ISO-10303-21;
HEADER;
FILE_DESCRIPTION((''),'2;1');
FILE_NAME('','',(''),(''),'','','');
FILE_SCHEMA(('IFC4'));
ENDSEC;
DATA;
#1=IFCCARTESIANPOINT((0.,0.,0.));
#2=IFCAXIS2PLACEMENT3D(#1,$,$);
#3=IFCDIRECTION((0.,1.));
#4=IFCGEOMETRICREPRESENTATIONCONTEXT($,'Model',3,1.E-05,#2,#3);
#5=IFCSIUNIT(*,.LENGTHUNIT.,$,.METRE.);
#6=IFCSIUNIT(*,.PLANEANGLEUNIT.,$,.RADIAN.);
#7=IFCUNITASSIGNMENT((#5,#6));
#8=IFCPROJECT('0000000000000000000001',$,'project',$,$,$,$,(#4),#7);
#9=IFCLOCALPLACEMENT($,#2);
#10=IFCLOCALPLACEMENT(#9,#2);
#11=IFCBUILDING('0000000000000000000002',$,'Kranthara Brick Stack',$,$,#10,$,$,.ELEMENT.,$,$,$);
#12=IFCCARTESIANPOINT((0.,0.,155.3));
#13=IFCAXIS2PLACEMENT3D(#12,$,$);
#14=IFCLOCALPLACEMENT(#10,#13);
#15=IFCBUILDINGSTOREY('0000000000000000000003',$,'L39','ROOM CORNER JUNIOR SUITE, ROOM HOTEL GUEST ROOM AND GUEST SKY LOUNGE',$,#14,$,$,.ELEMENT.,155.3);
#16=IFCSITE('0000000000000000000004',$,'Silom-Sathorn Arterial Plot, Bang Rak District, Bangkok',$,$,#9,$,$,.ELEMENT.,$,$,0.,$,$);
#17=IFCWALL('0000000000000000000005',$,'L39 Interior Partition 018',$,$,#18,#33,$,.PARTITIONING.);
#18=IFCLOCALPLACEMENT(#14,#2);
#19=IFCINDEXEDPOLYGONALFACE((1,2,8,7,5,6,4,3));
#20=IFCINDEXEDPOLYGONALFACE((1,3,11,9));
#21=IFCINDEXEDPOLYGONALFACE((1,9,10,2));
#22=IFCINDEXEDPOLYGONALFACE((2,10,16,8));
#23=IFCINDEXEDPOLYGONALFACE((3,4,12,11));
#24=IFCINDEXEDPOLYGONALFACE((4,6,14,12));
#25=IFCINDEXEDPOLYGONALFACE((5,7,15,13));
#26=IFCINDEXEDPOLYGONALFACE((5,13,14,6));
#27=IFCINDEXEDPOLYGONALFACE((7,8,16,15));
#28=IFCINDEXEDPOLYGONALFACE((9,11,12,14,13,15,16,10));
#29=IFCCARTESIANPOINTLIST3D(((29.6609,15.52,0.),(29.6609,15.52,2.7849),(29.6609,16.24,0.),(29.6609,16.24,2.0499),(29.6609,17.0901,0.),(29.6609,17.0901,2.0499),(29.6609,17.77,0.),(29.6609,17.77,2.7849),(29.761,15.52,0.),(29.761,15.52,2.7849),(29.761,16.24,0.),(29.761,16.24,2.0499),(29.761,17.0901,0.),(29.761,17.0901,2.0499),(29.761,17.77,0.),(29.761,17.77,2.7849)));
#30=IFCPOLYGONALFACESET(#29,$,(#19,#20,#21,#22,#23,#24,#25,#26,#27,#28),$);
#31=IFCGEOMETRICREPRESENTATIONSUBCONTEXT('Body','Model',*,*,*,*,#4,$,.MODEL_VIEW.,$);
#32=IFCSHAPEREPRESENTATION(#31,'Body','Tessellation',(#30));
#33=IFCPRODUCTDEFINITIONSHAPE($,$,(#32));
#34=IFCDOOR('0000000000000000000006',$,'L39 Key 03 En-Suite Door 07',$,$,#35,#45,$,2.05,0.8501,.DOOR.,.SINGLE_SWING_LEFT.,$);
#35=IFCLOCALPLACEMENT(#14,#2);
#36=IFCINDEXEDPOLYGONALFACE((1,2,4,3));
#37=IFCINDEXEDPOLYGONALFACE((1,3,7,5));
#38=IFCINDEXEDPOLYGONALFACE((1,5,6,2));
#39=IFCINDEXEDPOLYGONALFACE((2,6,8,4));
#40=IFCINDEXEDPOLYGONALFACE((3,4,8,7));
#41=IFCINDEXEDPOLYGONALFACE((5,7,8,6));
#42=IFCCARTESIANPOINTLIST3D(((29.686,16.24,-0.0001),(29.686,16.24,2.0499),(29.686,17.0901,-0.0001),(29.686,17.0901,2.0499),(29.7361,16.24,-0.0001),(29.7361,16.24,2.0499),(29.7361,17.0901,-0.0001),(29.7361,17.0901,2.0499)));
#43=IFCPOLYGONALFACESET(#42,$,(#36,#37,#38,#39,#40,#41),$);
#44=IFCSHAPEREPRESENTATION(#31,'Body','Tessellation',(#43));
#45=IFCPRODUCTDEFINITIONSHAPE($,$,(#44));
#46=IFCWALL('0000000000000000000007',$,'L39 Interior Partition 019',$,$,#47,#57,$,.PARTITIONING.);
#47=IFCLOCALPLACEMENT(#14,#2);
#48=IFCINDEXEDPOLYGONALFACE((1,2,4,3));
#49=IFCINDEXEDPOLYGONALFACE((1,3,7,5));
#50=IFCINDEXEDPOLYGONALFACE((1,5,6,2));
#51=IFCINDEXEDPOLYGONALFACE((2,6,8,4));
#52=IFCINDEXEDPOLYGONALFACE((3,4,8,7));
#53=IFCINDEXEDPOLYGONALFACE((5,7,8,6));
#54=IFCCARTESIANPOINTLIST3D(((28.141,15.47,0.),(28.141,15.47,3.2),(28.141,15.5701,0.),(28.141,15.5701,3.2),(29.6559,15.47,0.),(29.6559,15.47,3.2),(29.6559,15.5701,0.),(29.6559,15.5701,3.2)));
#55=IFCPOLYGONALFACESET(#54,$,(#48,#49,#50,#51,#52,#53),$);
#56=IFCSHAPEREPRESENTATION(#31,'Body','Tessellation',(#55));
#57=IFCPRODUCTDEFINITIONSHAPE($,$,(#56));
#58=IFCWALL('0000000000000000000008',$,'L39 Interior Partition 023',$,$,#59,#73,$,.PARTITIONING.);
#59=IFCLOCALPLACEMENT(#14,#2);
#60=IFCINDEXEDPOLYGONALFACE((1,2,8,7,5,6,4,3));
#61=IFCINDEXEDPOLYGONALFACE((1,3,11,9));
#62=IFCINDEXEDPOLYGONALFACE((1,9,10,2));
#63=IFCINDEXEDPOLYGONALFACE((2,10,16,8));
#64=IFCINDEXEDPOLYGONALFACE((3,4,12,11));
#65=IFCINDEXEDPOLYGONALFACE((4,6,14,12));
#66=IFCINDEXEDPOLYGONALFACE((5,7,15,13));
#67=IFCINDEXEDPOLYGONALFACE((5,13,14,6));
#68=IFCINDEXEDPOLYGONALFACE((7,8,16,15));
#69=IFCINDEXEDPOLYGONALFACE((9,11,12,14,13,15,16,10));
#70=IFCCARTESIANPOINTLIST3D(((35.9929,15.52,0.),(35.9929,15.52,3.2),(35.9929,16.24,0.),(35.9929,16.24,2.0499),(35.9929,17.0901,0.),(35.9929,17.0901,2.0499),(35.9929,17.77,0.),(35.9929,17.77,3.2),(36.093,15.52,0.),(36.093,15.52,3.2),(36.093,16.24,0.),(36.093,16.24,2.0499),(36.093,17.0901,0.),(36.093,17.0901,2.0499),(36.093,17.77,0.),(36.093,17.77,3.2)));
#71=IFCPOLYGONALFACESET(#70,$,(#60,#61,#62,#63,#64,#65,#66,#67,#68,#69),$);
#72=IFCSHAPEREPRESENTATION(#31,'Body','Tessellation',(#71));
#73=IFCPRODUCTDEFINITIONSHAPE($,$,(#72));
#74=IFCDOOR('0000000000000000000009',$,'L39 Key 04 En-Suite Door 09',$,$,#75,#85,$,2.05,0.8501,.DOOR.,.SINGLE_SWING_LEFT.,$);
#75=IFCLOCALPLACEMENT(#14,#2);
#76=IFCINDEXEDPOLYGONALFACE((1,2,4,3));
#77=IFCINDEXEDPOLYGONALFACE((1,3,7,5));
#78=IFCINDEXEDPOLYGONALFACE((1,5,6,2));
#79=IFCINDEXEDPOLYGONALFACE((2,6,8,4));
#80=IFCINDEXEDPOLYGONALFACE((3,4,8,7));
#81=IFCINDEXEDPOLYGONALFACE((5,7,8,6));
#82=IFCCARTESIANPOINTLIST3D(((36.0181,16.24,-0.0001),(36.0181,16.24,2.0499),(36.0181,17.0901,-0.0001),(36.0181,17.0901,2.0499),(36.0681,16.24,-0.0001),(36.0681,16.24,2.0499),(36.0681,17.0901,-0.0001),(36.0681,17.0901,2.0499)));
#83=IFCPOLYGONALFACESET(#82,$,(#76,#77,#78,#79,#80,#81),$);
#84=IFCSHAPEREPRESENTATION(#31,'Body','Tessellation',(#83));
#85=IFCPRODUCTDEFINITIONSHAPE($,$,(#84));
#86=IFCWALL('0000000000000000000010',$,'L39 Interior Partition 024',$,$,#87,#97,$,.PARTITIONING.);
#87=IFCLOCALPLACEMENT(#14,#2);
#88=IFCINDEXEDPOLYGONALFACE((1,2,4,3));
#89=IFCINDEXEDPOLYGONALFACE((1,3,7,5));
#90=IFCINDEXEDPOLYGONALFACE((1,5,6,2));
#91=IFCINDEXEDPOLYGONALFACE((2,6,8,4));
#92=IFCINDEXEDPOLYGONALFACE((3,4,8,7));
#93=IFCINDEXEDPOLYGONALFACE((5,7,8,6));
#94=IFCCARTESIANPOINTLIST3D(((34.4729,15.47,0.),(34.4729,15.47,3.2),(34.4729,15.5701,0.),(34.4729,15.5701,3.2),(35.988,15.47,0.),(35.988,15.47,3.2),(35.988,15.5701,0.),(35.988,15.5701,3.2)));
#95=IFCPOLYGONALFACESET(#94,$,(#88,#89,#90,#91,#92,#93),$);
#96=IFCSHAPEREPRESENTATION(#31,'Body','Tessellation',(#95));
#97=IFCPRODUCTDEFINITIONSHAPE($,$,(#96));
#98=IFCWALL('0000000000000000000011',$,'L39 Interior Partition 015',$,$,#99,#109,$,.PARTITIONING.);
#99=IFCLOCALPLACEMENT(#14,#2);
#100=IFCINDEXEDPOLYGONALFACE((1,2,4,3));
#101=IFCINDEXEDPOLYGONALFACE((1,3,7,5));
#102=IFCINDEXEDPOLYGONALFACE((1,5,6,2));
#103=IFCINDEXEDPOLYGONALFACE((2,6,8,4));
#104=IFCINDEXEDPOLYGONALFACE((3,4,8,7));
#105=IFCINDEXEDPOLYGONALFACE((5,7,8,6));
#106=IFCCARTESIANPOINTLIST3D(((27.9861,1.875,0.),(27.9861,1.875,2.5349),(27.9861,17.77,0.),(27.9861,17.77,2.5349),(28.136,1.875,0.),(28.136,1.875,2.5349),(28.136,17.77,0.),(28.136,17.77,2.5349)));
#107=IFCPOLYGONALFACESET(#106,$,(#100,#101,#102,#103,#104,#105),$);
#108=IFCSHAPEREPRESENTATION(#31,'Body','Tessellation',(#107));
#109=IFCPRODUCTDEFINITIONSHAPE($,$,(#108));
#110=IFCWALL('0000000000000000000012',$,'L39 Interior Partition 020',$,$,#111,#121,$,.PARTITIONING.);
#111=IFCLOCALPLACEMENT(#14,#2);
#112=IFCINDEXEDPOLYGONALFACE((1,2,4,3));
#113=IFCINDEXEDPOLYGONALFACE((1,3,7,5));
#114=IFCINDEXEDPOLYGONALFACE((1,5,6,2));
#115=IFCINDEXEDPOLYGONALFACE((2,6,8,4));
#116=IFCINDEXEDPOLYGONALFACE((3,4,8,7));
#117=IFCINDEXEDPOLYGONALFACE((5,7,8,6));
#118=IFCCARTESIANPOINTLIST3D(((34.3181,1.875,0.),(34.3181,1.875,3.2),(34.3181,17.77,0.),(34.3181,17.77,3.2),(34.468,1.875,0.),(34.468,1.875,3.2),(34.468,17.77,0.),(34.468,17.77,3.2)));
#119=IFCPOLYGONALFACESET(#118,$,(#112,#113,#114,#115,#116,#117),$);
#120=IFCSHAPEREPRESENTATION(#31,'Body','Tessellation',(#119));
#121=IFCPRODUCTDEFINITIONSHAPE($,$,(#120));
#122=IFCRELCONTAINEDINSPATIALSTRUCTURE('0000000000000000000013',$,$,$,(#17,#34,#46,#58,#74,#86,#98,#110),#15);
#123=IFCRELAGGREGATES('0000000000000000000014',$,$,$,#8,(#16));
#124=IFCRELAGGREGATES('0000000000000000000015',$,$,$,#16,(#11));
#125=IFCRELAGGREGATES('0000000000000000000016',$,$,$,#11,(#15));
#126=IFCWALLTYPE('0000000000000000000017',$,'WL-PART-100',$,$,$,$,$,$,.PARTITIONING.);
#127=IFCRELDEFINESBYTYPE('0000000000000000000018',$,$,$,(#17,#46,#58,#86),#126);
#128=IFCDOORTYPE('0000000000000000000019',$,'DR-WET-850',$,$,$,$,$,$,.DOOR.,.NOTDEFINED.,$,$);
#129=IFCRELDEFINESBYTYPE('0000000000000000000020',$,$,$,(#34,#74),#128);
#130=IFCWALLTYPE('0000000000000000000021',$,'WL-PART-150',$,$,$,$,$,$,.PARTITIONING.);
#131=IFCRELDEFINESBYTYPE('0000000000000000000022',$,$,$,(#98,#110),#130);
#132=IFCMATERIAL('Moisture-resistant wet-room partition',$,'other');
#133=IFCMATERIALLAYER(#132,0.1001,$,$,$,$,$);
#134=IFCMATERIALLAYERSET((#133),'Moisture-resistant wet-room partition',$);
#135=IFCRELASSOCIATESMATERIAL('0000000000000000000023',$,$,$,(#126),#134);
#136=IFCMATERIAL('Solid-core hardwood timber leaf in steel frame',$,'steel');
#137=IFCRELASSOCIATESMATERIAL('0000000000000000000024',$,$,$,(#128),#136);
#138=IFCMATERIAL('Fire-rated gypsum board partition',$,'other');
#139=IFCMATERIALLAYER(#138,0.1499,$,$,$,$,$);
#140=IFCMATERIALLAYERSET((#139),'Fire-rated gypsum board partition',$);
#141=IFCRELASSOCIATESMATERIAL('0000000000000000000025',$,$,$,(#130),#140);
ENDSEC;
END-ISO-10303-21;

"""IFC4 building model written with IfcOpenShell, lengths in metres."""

from ifc_helpers import new_model, si_unit, direction, frame, frame_2d, origin, place, context, subcontext, project, spatial, rectangle, extrude, material, layer, layer_set, type_object, element, fill, save


model = new_model("IFC4")

# Units and contexts
model_context = context("Model", 3, precision=1e-05, world=origin(), true_north=direction((0.0, 1.0)))
body_context = subcontext(model_context, "Body", "Model", "MODEL_VIEW")
ifc_project = project(units=[si_unit("LENGTHUNIT", "METRE"), si_unit("PLANEANGLEUNIT", "RADIAN")], contexts=[model_context])

# Site, building, storey
site_placement = place(None, origin())
site = spatial("IfcSite", under=ifc_project, at=site_placement, Name="Silom-Sathorn Arterial Plot, Bang Rak District, Bangkok", CompositionType="ELEMENT", RefElevation=0.0)
building_placement = place(site_placement, origin())
building = spatial("IfcBuilding", under=site, at=building_placement, Name="Kranthara Brick Stack", CompositionType="ELEMENT")
storey_placement = place(building_placement, frame((0.0, 0.0, 155.3)))
storey = spatial("IfcBuildingStorey", under=building, at=storey_placement, Name="L39", Description="ROOM CORNER JUNIOR SUITE, ROOM HOTEL GUEST ROOM AND GUEST SKY LOUNGE", CompositionType="ELEMENT", Elevation=155.3)

# Wall, opening, door
ifc_material_1 = material(Name="Moisture-resistant wet-room partition", Category="other")
ifc_layer_1 = layer(ifc_material_1, 0.1001)
ifc_layer_set_1 = layer_set([ifc_layer_1], Name="Moisture-resistant wet-room partition")
wall_type_1 = type_object("IfcWallType", Name="WL-PART-100", PredefinedType="PARTITIONING", material=ifc_layer_set_1)
wall_1_placement = place(storey_placement, frame((29.7109, 15.52, 0.0), z_axis=(0.0, 0.0, 1.0), x_axis=(0.0, 1.0, 0.0)))
wall_1 = element("IfcWall", 1, at=wall_1_placement, inside=storey, type_object=wall_type_1, Name="L39 Interior Partition 018", PredefinedType="PARTITIONING", context=body_context, shape_type="SweptSolid", body=[
    extrude(rectangle(XDim=2.25, YDim=0.1001, at=frame_2d((1.125, 0.0))), origin(), (0.0, 0.0, 1.0), 2.7849),
])
opening_1_placement = place(wall_1_placement, frame((0.72, 0.0, 0.0)))
opening_1 = element("IfcOpeningElement", 2, at=opening_1_placement, cuts=wall_1, PredefinedType="OPENING", context=body_context, shape_type="SweptSolid", body=[
    extrude(rectangle(XDim=0.8501, YDim=2.05, at=frame_2d((0.425, 1.0249))), frame((0.0, 0.0601, 0.0), z_axis=(0.0, -1.0, 0.0), x_axis=(1.0, 0.0, 0.0)), (0.0, 0.0, 1.0), 0.1201),
])
ifc_material_2 = material(Name="Solid-core hardwood timber leaf in steel frame", Category="steel")
door_type = type_object("IfcDoorType", Name="DR-WET-850", OperationType="NOTDEFINED", PredefinedType="DOOR", material=ifc_material_2)
door_1_placement = place(opening_1_placement, origin())
door_1 = element("IfcDoor", 3, at=door_1_placement, inside=storey, type_object=door_type, Name="L39 Key 03 En-Suite Door 07", OperationType="SINGLE_SWING_LEFT", OverallHeight=2.05, OverallWidth=0.8501, PredefinedType="DOOR", context=body_context, shape_type="SweptSolid", body=[
    extrude(rectangle(XDim=0.8501, YDim=2.05, at=frame_2d((0.425, 1.0249))), frame((0.0, 0.0249, 0.0), z_axis=(0.0, -1.0, 0.0), x_axis=(1.0, 0.0, 0.0)), (0.0, 0.0, 1.0), 0.05),
])
fill(opening_1, door_1)

# Wall
wall_2_placement = place(storey_placement, frame((28.1411, 15.52, 0.0), z_axis=(0.0, 0.0, 1.0), x_axis=(1.0, 0.0, 0.0)))
element("IfcWall", 4, at=wall_2_placement, inside=storey, type_object=wall_type_1, Name="L39 Interior Partition 019", PredefinedType="PARTITIONING", context=body_context, shape_type="SweptSolid", body=[
    extrude(rectangle(XDim=1.5149, YDim=0.1001, at=frame_2d((0.7573, 0.0))), origin(), (0.0, 0.0, 1.0), 3.2),
])

# Wall, opening, door
wall_3_placement = place(storey_placement, frame((36.043, 15.52, 0.0), z_axis=(0.0, 0.0, 1.0), x_axis=(0.0, 1.0, 0.0)))
wall_3 = element("IfcWall", 5, at=wall_3_placement, inside=storey, type_object=wall_type_1, Name="L39 Interior Partition 023", PredefinedType="PARTITIONING", context=body_context, shape_type="SweptSolid", body=[
    extrude(rectangle(XDim=2.25, YDim=0.1001, at=frame_2d((1.125, 0.0))), origin(), (0.0, 0.0, 1.0), 3.2),
])
opening_2_placement = place(wall_3_placement, frame((0.72, 0.0, 0.0)))
opening_2 = element("IfcOpeningElement", 6, at=opening_2_placement, cuts=wall_3, PredefinedType="OPENING", context=body_context, shape_type="SweptSolid", body=[
    extrude(rectangle(XDim=0.8501, YDim=2.05, at=frame_2d((0.425, 1.0249))), frame((0.0, 0.0601, 0.0), z_axis=(0.0, -1.0, 0.0), x_axis=(1.0, 0.0, 0.0)), (0.0, 0.0, 1.0), 0.1201),
])
door_2_placement = place(opening_2_placement, origin())
door_2 = element("IfcDoor", 7, at=door_2_placement, inside=storey, type_object=door_type, Name="L39 Key 04 En-Suite Door 09", OperationType="SINGLE_SWING_LEFT", OverallHeight=2.05, OverallWidth=0.8501, PredefinedType="DOOR", context=body_context, shape_type="SweptSolid", body=[
    extrude(rectangle(XDim=0.8501, YDim=2.05, at=frame_2d((0.425, 1.0249))), frame((0.0, 0.0249, 0.0), z_axis=(0.0, -1.0, 0.0), x_axis=(1.0, 0.0, 0.0)), (0.0, 0.0, 1.0), 0.05),
])
fill(opening_2, door_2)

# Walls
wall_4_placement = place(storey_placement, frame((34.4729, 15.52, 0.0), z_axis=(0.0, 0.0, 1.0), x_axis=(1.0, 0.0, 0.0)))
element("IfcWall", 8, at=wall_4_placement, inside=storey, type_object=wall_type_1, Name="L39 Interior Partition 024", PredefinedType="PARTITIONING", context=body_context, shape_type="SweptSolid", body=[
    extrude(rectangle(XDim=1.5151, YDim=0.1001, at=frame_2d((0.7576, 0.0))), origin(), (0.0, 0.0, 1.0), 3.2),
])
ifc_material_3 = material(Name="Fire-rated gypsum board partition", Category="other")
ifc_layer_2 = layer(ifc_material_3, 0.1499)
ifc_layer_set_2 = layer_set([ifc_layer_2], Name="Fire-rated gypsum board partition")
wall_type_2 = type_object("IfcWallType", Name="WL-PART-150", PredefinedType="PARTITIONING", material=ifc_layer_set_2)
wall_5_placement = place(storey_placement, frame((28.061, 1.875, 0.0), z_axis=(0.0, 0.0, 1.0), x_axis=(0.0, 1.0, 0.0)))
element("IfcWall", 9, at=wall_5_placement, inside=storey, type_object=wall_type_2, Name="L39 Interior Partition 015", PredefinedType="PARTITIONING", context=body_context, shape_type="SweptSolid", body=[
    extrude(rectangle(XDim=15.895, YDim=0.1499, at=frame_2d((7.9475, 0.0))), origin(), (0.0, 0.0, 1.0), 2.5349),
])
wall_6_placement = place(storey_placement, frame((34.3931, 1.875, 0.0), z_axis=(0.0, 0.0, 1.0), x_axis=(0.0, 1.0, 0.0)))
element("IfcWall", 10, at=wall_6_placement, inside=storey, type_object=wall_type_2, Name="L39 Interior Partition 020", PredefinedType="PARTITIONING", context=body_context, shape_type="SweptSolid", body=[
    extrude(rectangle(XDim=15.895, YDim=0.1499, at=frame_2d((7.9475, 0.0))), origin(), (0.0, 0.0, 1.0), 3.2),
])

save(model, "model.ifc")
